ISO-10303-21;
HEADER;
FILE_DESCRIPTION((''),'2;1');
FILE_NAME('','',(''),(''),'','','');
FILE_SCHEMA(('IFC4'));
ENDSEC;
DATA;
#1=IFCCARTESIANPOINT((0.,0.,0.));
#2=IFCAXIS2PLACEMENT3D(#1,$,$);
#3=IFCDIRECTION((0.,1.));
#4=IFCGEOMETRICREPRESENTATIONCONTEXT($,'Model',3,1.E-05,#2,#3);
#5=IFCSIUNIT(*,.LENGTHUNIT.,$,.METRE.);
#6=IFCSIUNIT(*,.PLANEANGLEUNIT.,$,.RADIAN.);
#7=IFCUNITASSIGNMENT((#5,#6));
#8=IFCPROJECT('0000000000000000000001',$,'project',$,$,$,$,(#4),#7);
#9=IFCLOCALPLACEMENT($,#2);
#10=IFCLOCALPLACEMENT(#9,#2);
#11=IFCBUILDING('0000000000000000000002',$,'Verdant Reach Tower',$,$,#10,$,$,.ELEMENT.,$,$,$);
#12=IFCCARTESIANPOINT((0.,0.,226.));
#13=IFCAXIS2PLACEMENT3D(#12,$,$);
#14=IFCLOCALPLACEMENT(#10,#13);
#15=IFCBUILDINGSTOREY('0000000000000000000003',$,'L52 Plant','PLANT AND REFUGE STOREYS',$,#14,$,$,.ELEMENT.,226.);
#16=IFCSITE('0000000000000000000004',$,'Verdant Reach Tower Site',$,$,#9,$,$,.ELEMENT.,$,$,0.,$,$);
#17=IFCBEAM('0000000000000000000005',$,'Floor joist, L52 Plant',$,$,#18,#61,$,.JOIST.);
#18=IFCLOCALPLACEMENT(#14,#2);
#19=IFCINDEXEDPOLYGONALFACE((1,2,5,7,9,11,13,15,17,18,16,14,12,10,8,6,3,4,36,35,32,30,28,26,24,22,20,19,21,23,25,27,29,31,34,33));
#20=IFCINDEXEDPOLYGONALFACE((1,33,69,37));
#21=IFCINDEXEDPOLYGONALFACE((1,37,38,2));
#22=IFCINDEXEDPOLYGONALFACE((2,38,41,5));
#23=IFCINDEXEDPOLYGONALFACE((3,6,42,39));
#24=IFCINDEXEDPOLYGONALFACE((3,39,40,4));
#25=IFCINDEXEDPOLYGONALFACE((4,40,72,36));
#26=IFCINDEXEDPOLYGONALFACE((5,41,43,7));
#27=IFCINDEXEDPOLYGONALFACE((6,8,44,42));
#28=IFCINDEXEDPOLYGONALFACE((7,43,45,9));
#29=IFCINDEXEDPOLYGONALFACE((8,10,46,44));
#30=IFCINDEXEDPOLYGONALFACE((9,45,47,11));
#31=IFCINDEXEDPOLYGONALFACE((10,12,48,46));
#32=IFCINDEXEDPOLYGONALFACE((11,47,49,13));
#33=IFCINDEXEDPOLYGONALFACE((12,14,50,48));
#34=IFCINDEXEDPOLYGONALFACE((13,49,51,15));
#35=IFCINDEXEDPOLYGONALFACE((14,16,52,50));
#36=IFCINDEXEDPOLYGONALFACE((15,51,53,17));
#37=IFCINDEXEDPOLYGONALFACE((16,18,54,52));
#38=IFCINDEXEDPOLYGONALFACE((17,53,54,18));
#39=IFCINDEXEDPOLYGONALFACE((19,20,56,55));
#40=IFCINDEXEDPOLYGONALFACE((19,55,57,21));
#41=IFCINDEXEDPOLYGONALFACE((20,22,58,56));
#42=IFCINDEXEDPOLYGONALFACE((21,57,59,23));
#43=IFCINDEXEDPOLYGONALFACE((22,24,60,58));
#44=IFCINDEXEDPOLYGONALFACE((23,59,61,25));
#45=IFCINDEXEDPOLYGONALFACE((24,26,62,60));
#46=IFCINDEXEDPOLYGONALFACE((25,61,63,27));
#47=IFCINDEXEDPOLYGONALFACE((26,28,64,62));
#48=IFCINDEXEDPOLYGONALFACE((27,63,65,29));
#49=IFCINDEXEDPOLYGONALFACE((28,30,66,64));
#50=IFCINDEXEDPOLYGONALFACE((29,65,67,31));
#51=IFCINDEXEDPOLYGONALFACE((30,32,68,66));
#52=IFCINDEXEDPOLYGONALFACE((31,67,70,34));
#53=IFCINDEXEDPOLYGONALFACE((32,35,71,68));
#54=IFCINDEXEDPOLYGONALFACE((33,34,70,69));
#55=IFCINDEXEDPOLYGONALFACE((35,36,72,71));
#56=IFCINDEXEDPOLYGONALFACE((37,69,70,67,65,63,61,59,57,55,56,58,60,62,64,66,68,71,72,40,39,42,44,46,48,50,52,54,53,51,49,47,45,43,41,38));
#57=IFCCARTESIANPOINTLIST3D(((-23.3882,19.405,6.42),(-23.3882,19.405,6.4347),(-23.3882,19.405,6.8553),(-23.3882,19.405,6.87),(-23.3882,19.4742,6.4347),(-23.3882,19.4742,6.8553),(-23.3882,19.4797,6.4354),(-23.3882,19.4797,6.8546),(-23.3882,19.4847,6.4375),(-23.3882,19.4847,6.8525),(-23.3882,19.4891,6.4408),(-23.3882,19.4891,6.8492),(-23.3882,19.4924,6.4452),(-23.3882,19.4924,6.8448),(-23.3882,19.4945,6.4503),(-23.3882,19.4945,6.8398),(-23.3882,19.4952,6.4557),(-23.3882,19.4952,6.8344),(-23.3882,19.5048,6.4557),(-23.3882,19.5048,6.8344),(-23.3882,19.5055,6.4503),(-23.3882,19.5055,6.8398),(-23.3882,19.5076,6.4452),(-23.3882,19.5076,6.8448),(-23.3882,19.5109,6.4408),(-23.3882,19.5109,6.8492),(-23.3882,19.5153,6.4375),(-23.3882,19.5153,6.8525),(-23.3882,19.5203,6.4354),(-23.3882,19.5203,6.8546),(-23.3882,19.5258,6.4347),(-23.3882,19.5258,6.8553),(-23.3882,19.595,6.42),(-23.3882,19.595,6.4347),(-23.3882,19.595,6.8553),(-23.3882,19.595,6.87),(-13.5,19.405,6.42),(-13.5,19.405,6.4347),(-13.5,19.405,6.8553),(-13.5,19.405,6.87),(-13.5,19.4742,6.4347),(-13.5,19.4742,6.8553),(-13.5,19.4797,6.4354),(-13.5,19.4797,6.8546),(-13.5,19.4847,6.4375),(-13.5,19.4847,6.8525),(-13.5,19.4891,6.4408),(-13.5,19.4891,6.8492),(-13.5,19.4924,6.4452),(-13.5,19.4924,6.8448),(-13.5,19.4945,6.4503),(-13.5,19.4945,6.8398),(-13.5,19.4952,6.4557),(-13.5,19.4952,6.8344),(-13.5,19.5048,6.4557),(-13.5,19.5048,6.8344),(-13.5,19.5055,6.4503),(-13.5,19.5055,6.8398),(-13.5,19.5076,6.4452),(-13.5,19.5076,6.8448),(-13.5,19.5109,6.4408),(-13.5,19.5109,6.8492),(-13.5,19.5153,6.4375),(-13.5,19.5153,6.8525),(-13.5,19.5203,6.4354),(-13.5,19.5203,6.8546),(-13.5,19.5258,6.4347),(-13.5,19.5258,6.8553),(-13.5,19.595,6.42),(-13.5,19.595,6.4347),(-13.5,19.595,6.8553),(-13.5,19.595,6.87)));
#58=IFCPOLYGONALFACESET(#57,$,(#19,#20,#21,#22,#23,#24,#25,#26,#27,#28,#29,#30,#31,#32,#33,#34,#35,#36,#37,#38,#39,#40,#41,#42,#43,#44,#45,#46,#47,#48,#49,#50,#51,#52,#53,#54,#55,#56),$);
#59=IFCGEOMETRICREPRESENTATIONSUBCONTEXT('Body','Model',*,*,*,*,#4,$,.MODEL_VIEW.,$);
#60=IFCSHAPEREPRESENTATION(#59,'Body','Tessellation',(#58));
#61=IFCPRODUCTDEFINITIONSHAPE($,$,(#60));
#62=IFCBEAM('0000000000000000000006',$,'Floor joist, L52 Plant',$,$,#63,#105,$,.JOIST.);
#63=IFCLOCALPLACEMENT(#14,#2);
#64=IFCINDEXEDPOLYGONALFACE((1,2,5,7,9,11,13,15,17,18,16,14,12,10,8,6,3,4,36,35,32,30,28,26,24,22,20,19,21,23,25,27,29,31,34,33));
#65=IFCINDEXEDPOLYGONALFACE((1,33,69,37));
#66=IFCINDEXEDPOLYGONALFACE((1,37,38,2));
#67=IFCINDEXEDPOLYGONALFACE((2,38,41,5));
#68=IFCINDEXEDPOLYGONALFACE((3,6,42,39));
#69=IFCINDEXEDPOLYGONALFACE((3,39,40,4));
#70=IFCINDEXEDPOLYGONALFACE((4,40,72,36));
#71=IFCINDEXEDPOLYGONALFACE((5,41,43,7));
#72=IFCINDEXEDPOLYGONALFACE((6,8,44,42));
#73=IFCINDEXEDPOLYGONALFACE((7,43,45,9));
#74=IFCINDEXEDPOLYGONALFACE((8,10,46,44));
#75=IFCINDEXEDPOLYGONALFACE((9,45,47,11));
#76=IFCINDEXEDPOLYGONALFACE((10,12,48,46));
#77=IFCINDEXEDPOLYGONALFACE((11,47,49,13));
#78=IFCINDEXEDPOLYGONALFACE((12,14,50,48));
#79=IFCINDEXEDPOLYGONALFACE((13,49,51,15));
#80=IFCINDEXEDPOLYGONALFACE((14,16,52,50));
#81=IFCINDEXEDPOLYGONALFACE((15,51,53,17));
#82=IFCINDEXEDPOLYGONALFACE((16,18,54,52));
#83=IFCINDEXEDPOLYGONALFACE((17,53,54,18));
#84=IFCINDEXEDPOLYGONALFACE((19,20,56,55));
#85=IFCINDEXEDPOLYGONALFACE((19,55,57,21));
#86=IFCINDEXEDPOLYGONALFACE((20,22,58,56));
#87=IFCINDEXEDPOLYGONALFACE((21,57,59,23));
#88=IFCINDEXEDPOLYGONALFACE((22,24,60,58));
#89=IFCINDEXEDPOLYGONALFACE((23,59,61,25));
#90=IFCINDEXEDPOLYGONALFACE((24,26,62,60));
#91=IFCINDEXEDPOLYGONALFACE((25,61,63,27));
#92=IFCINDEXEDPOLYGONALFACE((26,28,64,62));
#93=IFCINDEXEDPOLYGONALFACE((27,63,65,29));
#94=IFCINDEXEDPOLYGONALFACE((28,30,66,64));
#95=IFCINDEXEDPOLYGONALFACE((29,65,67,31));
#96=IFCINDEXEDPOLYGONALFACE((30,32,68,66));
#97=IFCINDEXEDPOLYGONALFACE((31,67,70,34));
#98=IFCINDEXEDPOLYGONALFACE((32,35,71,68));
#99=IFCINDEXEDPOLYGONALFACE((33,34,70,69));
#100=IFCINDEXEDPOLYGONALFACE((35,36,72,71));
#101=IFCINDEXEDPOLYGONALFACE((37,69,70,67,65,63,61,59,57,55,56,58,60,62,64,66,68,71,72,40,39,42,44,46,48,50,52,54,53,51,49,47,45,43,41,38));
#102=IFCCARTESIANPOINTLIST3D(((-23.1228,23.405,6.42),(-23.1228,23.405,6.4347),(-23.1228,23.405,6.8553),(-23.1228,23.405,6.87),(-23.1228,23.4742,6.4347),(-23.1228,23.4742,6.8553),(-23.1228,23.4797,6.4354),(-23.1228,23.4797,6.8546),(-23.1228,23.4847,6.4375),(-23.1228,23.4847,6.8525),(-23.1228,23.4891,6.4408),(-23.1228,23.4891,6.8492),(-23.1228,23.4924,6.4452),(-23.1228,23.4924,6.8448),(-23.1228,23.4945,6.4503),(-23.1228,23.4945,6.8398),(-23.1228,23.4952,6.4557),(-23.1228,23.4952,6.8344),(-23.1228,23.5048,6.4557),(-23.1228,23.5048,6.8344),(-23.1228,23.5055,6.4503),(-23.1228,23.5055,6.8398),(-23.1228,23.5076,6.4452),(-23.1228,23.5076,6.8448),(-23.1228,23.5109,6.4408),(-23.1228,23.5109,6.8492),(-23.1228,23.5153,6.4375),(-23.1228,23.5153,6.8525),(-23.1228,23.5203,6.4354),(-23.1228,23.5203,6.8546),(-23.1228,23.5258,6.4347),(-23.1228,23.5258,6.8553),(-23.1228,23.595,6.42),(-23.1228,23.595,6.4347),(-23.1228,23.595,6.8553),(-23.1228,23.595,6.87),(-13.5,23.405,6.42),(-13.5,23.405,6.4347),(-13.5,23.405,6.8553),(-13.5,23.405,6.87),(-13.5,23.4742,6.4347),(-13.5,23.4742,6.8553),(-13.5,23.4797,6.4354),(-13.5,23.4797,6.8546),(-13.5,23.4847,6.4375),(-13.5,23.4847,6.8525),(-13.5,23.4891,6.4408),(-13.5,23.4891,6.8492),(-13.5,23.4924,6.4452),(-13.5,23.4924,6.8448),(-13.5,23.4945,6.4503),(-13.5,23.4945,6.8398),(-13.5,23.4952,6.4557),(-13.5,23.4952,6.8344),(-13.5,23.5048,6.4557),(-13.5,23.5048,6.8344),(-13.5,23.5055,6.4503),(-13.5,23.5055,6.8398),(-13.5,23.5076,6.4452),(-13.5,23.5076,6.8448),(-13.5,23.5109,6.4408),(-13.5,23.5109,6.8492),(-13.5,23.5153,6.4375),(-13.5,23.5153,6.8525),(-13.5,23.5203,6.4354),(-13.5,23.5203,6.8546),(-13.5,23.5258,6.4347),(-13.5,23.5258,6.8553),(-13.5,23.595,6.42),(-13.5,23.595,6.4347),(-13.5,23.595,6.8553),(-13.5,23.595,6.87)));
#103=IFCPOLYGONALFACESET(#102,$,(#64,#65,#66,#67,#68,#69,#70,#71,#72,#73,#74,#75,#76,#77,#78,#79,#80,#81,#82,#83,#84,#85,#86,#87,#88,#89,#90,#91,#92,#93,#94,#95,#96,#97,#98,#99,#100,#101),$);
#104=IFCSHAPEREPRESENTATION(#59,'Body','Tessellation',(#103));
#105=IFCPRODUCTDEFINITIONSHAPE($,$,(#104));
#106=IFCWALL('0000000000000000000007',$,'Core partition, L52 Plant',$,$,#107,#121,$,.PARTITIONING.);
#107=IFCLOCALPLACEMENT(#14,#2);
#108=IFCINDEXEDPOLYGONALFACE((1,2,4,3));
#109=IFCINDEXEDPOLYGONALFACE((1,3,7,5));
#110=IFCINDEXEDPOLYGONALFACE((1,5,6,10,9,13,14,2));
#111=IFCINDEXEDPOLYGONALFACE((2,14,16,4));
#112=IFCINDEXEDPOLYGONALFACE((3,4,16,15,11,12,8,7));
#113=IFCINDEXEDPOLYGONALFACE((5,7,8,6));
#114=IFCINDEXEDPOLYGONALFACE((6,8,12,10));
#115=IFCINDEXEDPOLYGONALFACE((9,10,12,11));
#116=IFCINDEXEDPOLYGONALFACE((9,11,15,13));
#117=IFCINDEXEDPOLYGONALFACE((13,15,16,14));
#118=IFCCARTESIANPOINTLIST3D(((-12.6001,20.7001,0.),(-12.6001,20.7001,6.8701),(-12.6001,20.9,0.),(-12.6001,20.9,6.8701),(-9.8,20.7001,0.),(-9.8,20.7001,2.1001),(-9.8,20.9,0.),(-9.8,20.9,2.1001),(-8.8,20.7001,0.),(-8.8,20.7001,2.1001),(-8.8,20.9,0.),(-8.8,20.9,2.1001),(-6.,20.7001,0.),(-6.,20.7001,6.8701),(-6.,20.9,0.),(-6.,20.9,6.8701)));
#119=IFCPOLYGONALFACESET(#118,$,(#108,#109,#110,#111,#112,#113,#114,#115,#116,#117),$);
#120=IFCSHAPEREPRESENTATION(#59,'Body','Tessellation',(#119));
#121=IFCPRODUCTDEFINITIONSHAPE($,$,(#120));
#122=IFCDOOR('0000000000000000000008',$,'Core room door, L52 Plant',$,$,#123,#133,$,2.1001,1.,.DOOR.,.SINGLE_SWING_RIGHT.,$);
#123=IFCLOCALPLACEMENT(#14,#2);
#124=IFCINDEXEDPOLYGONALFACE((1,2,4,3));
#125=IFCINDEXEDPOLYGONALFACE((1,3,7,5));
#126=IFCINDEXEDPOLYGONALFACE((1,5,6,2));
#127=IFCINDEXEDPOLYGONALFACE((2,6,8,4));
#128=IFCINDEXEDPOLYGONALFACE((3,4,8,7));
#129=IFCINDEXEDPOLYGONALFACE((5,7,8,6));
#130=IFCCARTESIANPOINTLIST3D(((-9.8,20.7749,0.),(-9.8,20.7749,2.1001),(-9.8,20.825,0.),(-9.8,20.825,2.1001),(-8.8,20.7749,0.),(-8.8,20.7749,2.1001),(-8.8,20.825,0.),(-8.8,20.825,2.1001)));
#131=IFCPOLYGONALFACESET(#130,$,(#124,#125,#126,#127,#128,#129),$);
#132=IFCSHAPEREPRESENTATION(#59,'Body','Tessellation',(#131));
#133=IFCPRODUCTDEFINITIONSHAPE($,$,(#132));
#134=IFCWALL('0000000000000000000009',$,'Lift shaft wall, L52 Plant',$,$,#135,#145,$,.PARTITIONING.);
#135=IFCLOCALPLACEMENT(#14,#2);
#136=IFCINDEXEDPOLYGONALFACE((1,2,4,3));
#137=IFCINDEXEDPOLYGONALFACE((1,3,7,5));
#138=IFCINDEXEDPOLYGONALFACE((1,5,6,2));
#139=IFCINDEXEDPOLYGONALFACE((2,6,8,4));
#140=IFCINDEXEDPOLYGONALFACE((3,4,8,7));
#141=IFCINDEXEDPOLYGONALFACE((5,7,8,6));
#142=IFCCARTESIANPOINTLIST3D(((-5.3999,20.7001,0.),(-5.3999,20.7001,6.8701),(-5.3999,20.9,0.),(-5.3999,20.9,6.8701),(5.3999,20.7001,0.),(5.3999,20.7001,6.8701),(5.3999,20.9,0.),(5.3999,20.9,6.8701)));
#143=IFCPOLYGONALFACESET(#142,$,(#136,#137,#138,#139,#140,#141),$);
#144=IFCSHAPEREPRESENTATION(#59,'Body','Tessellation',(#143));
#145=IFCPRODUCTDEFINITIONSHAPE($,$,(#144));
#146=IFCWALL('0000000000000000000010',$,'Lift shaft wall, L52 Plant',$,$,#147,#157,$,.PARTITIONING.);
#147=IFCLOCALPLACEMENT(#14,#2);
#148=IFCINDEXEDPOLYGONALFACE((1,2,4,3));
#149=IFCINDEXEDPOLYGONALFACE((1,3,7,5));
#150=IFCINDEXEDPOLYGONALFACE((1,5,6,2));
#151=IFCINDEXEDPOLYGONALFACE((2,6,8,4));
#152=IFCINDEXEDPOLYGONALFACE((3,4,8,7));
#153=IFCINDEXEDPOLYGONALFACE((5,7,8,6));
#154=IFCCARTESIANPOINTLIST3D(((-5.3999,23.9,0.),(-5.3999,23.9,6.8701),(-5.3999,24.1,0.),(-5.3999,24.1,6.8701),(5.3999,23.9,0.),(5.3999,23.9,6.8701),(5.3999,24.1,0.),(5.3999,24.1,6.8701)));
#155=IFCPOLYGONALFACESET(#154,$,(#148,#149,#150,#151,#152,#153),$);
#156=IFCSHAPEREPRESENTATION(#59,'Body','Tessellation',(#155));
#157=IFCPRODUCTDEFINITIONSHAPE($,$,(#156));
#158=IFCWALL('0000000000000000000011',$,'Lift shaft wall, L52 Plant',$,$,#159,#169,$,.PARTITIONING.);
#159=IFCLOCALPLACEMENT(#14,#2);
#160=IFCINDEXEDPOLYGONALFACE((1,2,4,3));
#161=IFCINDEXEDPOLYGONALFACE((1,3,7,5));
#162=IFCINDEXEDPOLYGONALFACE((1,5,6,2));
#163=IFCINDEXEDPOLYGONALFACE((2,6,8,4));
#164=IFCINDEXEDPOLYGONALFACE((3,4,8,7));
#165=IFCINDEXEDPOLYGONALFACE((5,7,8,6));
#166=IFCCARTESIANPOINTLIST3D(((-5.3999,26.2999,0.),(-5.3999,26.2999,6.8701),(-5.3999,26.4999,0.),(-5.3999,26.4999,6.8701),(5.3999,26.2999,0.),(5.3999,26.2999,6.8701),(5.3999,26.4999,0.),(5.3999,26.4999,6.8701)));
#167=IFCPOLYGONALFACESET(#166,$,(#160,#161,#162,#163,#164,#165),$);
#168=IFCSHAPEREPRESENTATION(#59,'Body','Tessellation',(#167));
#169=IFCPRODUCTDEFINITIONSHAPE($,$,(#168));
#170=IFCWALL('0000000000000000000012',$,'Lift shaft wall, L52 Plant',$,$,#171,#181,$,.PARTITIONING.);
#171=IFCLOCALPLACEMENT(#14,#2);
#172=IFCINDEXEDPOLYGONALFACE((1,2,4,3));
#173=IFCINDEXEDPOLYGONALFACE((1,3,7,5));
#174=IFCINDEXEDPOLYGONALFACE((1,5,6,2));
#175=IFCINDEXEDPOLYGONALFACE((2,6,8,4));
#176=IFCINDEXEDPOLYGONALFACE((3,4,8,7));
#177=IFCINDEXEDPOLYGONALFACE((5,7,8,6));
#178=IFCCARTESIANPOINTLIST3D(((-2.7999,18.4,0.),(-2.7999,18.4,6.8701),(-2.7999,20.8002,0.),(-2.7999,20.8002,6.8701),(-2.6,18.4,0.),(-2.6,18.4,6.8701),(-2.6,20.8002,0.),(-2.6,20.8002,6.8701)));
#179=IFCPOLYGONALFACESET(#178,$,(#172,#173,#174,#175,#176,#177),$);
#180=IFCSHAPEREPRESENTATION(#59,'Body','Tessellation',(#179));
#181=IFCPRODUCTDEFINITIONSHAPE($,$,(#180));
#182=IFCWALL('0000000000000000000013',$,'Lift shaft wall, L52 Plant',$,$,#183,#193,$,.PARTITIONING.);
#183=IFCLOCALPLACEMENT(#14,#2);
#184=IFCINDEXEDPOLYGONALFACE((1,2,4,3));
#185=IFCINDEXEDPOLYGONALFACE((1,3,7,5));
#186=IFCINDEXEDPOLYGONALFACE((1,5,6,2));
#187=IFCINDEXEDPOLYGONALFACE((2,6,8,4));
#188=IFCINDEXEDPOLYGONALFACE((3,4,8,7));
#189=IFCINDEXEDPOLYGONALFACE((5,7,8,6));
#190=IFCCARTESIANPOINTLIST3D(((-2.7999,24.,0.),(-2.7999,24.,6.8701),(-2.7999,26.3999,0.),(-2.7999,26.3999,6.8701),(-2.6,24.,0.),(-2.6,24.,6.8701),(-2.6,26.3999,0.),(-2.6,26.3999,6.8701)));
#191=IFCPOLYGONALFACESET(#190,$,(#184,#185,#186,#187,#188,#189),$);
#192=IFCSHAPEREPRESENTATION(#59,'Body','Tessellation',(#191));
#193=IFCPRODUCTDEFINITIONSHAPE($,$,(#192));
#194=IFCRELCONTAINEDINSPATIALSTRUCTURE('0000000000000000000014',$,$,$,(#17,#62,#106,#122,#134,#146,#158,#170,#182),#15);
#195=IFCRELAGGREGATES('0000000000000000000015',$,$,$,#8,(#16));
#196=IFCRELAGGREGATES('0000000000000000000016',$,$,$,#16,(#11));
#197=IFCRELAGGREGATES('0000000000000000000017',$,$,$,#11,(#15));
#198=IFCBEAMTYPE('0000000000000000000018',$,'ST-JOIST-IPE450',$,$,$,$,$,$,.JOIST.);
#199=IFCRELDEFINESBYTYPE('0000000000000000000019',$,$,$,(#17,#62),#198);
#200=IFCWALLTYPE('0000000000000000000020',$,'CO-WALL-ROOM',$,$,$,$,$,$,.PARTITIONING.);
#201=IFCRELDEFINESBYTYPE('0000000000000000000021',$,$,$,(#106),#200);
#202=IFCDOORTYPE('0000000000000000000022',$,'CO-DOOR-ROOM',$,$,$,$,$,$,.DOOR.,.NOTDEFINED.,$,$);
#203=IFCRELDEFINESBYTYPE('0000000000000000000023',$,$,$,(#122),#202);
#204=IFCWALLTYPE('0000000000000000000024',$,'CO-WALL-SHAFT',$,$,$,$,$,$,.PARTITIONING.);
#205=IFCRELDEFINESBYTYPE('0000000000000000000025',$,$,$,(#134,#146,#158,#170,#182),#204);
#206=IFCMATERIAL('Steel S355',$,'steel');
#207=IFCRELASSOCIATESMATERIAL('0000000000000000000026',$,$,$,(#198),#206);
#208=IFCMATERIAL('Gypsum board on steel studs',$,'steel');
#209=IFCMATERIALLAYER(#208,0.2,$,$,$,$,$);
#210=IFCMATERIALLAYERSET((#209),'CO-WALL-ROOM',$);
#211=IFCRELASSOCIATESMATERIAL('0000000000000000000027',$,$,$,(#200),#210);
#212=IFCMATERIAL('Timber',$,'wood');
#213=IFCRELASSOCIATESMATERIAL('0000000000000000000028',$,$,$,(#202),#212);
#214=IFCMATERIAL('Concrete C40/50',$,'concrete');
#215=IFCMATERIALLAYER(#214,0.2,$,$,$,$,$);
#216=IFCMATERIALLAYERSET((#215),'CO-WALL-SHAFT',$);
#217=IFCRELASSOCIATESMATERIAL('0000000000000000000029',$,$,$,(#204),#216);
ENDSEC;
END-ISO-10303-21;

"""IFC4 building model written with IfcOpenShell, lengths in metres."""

from ifc_helpers import new_model, si_unit, direction, frame, frame_2d, origin, origin_2d, place, context, subcontext, project, spatial, rectangle, i_section, extrude, material, layer, layer_set, material_profile, profile_set, type_object, element, fill, save


model = new_model("IFC4")

# Units and contexts
model_context = context("Model", 3, precision=1e-05, world=origin(), true_north=direction((0.0, 1.0)))
body_context = subcontext(model_context, "Body", "Model", "MODEL_VIEW")
ifc_project = project(units=[si_unit("LENGTHUNIT", "METRE"), si_unit("PLANEANGLEUNIT", "RADIAN")], contexts=[model_context])

# Site, building, storey
site_placement = place(None, origin())
site = spatial("IfcSite", under=ifc_project, at=site_placement, Name="Verdant Reach Tower Site", CompositionType="ELEMENT", RefElevation=0.0)
building_placement = place(site_placement, origin())
building = spatial("IfcBuilding", under=site, at=building_placement, Name="Verdant Reach Tower", CompositionType="ELEMENT")
storey_placement = place(building_placement, frame((0.0, 0.0, 226.0)))
storey = spatial("IfcBuildingStorey", under=building, at=storey_placement, Name="L52 Plant", Description="PLANT AND REFUGE STOREYS", CompositionType="ELEMENT", Elevation=226.0)

# Beams
ifc_material_1 = material(Name="Steel S355", Category="steel")
ifc_material_profile = material_profile(ifc_material_1, i_section(OverallWidth=0.1899, OverallDepth=0.45, WebThickness=0.0095, FlangeThickness=0.0146, FilletRadius=0.021, at=origin_2d()), Name="IPE 450")
ifc_profile_set = profile_set([ifc_material_profile], Name="Steel S355")
beam_type = type_object("IfcBeamType", Name="ST-JOIST-IPE450", PredefinedType="JOIST", material=ifc_profile_set)
beam_1_placement = place(storey_placement, frame((-13.5, 19.5, 6.645), z_axis=(-1.0, 0.0, 0.0), x_axis=(0.0, -1.0, 0.0)))
element("IfcBeam", 1, at=beam_1_placement, inside=storey, type_object=beam_type, Name="Floor joist, L52 Plant", PredefinedType="JOIST", context=body_context, shape_type="SweptSolid", body=[
    extrude(i_section(OverallWidth=0.1899, OverallDepth=0.45, WebThickness=0.0095, FlangeThickness=0.0146, FilletRadius=0.021, at=origin_2d()), origin(), (0.0, 0.0, 1.0), 9.8882),
])
beam_2_placement = place(storey_placement, frame((-13.5, 23.5, 6.645), z_axis=(-1.0, 0.0, 0.0), x_axis=(0.0, -1.0, 0.0)))
element("IfcBeam", 2, at=beam_2_placement, inside=storey, type_object=beam_type, Name="Floor joist, L52 Plant", PredefinedType="JOIST", context=body_context, shape_type="SweptSolid", body=[
    extrude(i_section(OverallWidth=0.1899, OverallDepth=0.45, WebThickness=0.0095, FlangeThickness=0.0146, FilletRadius=0.021, at=origin_2d()), origin(), (0.0, 0.0, 1.0), 9.6228),
])

# Wall, opening, door
ifc_material_2 = material(Name="Gypsum board on steel studs", Category="steel")
ifc_layer_1 = layer(ifc_material_2, 0.2)
ifc_layer_set_1 = layer_set([ifc_layer_1], Name="CO-WALL-ROOM")
wall_type_1 = type_object("IfcWallType", Name="CO-WALL-ROOM", PredefinedType="PARTITIONING", material=ifc_layer_set_1)
wall_1_placement = place(storey_placement, frame((-12.6001, 20.8, 0.0), z_axis=(0.0, 0.0, 1.0), x_axis=(1.0, 0.0, 0.0)))
wall_1 = element("IfcWall", 3, at=wall_1_placement, inside=storey, type_object=wall_type_1, Name="Core partition, L52 Plant", PredefinedType="PARTITIONING", context=body_context, shape_type="SweptSolid", body=[
    extrude(rectangle(XDim=6.6001, YDim=0.2, at=frame_2d((3.3, 0.0))), origin(), (0.0, 0.0, 1.0), 6.8701),
])
opening_1_placement = place(wall_1_placement, frame((2.8, 0.0, 0.0)))
opening_1 = element("IfcOpeningElement", 4, at=opening_1_placement, cuts=wall_1, PredefinedType="OPENING", context=body_context, shape_type="SweptSolid", body=[
    extrude(rectangle(XDim=1.0, YDim=2.1001, at=frame_2d((0.5, 1.05))), frame((0.0, 0.1099, 0.0), z_axis=(0.0, -1.0, 0.0), x_axis=(1.0, 0.0, 0.0)), (0.0, 0.0, 1.0), 0.22),
])
ifc_material_3 = material(Name="Timber", Category="wood")
door_type_1 = type_object("IfcDoorType", Name="CO-DOOR-ROOM", OperationType="NOTDEFINED", PredefinedType="DOOR", material=ifc_material_3)
door_1_placement = place(opening_1_placement, origin())
door_1 = element("IfcDoor", 5, at=door_1_placement, inside=storey, type_object=door_type_1, Name="Core room door, L52 Plant", OperationType="SINGLE_SWING_RIGHT", OverallHeight=2.1001, OverallWidth=1.0, PredefinedType="DOOR", context=body_context, shape_type="SweptSolid", body=[
    extrude(rectangle(XDim=1.0, YDim=2.1001, at=frame_2d((0.5, 1.05))), frame((0.0, 0.0249, 0.0), z_axis=(0.0, -1.0, 0.0), x_axis=(1.0, 0.0, 0.0)), (0.0, 0.0, 1.0), 0.05),
])
fill(opening_1, door_1)

# Walls
ifc_material_4 = material(Name="Concrete C40/50", Category="concrete")
ifc_layer_2 = layer(ifc_material_4, 0.2)
ifc_layer_set_2 = layer_set([ifc_layer_2], Name="CO-WALL-SHAFT")
wall_type_2 = type_object("IfcWallType", Name="CO-WALL-SHAFT", PredefinedType="PARTITIONING", material=ifc_layer_set_2)
for number, where, z_axis, x_axis, name in (
    (6, (-5.3999, 20.8, 0.0), (0.0, 0.0, 1.0), (1.0, 0.0, 0.0), "Lift shaft wall, L52 Plant"),
    (7, (-5.3999, 24.0, 0.0), (0.0, 0.0, 1.0), (1.0, 0.0, 0.0), "Lift shaft wall, L52 Plant"),
    (8, (-5.3999, 26.3999, 0.0), (0.0, 0.0, 1.0), (1.0, 0.0, 0.0), "Lift shaft wall, L52 Plant"),
):
    element("IfcWall", number, at=place(storey_placement, frame(where, z_axis=z_axis, x_axis=x_axis)), inside=storey, type_object=wall_type_2, Name=name, PredefinedType="PARTITIONING", context=body_context, shape_type="SweptSolid", body=[
        extrude(rectangle(XDim=10.7998, YDim=0.2, at=frame_2d((5.3999, 0.0))), origin(), (0.0, 0.0, 1.0), 6.8701),
    ])
wall_2_placement = place(storey_placement, frame((-2.7, 18.3999, 0.0), z_axis=(0.0, 0.0, 1.0), x_axis=(0.0, 1.0, 0.0)))
element("IfcWall", 9, at=wall_2_placement, inside=storey, type_object=wall_type_2, Name="Lift shaft wall, L52 Plant", PredefinedType="PARTITIONING", context=body_context, shape_type="SweptSolid", body=[
    extrude(rectangle(XDim=2.4001, YDim=0.2, at=frame_2d((1.2002, 0.0))), origin(), (0.0, 0.0, 1.0), 6.8701),
])
wall_3_placement = place(storey_placement, frame((-2.7, 24.0, 0.0), z_axis=(0.0, 0.0, 1.0), x_axis=(0.0, 1.0, 0.0)))
element("IfcWall", 10, at=wall_3_placement, inside=storey, type_object=wall_type_2, Name="Lift shaft wall, L52 Plant", PredefinedType="PARTITIONING", context=body_context, shape_type="SweptSolid", body=[
    extrude(rectangle(XDim=2.3999, YDim=0.2, at=frame_2d((1.2, 0.0))), origin(), (0.0, 0.0, 1.0), 6.8701),
])

save(model, "model.ifc")
